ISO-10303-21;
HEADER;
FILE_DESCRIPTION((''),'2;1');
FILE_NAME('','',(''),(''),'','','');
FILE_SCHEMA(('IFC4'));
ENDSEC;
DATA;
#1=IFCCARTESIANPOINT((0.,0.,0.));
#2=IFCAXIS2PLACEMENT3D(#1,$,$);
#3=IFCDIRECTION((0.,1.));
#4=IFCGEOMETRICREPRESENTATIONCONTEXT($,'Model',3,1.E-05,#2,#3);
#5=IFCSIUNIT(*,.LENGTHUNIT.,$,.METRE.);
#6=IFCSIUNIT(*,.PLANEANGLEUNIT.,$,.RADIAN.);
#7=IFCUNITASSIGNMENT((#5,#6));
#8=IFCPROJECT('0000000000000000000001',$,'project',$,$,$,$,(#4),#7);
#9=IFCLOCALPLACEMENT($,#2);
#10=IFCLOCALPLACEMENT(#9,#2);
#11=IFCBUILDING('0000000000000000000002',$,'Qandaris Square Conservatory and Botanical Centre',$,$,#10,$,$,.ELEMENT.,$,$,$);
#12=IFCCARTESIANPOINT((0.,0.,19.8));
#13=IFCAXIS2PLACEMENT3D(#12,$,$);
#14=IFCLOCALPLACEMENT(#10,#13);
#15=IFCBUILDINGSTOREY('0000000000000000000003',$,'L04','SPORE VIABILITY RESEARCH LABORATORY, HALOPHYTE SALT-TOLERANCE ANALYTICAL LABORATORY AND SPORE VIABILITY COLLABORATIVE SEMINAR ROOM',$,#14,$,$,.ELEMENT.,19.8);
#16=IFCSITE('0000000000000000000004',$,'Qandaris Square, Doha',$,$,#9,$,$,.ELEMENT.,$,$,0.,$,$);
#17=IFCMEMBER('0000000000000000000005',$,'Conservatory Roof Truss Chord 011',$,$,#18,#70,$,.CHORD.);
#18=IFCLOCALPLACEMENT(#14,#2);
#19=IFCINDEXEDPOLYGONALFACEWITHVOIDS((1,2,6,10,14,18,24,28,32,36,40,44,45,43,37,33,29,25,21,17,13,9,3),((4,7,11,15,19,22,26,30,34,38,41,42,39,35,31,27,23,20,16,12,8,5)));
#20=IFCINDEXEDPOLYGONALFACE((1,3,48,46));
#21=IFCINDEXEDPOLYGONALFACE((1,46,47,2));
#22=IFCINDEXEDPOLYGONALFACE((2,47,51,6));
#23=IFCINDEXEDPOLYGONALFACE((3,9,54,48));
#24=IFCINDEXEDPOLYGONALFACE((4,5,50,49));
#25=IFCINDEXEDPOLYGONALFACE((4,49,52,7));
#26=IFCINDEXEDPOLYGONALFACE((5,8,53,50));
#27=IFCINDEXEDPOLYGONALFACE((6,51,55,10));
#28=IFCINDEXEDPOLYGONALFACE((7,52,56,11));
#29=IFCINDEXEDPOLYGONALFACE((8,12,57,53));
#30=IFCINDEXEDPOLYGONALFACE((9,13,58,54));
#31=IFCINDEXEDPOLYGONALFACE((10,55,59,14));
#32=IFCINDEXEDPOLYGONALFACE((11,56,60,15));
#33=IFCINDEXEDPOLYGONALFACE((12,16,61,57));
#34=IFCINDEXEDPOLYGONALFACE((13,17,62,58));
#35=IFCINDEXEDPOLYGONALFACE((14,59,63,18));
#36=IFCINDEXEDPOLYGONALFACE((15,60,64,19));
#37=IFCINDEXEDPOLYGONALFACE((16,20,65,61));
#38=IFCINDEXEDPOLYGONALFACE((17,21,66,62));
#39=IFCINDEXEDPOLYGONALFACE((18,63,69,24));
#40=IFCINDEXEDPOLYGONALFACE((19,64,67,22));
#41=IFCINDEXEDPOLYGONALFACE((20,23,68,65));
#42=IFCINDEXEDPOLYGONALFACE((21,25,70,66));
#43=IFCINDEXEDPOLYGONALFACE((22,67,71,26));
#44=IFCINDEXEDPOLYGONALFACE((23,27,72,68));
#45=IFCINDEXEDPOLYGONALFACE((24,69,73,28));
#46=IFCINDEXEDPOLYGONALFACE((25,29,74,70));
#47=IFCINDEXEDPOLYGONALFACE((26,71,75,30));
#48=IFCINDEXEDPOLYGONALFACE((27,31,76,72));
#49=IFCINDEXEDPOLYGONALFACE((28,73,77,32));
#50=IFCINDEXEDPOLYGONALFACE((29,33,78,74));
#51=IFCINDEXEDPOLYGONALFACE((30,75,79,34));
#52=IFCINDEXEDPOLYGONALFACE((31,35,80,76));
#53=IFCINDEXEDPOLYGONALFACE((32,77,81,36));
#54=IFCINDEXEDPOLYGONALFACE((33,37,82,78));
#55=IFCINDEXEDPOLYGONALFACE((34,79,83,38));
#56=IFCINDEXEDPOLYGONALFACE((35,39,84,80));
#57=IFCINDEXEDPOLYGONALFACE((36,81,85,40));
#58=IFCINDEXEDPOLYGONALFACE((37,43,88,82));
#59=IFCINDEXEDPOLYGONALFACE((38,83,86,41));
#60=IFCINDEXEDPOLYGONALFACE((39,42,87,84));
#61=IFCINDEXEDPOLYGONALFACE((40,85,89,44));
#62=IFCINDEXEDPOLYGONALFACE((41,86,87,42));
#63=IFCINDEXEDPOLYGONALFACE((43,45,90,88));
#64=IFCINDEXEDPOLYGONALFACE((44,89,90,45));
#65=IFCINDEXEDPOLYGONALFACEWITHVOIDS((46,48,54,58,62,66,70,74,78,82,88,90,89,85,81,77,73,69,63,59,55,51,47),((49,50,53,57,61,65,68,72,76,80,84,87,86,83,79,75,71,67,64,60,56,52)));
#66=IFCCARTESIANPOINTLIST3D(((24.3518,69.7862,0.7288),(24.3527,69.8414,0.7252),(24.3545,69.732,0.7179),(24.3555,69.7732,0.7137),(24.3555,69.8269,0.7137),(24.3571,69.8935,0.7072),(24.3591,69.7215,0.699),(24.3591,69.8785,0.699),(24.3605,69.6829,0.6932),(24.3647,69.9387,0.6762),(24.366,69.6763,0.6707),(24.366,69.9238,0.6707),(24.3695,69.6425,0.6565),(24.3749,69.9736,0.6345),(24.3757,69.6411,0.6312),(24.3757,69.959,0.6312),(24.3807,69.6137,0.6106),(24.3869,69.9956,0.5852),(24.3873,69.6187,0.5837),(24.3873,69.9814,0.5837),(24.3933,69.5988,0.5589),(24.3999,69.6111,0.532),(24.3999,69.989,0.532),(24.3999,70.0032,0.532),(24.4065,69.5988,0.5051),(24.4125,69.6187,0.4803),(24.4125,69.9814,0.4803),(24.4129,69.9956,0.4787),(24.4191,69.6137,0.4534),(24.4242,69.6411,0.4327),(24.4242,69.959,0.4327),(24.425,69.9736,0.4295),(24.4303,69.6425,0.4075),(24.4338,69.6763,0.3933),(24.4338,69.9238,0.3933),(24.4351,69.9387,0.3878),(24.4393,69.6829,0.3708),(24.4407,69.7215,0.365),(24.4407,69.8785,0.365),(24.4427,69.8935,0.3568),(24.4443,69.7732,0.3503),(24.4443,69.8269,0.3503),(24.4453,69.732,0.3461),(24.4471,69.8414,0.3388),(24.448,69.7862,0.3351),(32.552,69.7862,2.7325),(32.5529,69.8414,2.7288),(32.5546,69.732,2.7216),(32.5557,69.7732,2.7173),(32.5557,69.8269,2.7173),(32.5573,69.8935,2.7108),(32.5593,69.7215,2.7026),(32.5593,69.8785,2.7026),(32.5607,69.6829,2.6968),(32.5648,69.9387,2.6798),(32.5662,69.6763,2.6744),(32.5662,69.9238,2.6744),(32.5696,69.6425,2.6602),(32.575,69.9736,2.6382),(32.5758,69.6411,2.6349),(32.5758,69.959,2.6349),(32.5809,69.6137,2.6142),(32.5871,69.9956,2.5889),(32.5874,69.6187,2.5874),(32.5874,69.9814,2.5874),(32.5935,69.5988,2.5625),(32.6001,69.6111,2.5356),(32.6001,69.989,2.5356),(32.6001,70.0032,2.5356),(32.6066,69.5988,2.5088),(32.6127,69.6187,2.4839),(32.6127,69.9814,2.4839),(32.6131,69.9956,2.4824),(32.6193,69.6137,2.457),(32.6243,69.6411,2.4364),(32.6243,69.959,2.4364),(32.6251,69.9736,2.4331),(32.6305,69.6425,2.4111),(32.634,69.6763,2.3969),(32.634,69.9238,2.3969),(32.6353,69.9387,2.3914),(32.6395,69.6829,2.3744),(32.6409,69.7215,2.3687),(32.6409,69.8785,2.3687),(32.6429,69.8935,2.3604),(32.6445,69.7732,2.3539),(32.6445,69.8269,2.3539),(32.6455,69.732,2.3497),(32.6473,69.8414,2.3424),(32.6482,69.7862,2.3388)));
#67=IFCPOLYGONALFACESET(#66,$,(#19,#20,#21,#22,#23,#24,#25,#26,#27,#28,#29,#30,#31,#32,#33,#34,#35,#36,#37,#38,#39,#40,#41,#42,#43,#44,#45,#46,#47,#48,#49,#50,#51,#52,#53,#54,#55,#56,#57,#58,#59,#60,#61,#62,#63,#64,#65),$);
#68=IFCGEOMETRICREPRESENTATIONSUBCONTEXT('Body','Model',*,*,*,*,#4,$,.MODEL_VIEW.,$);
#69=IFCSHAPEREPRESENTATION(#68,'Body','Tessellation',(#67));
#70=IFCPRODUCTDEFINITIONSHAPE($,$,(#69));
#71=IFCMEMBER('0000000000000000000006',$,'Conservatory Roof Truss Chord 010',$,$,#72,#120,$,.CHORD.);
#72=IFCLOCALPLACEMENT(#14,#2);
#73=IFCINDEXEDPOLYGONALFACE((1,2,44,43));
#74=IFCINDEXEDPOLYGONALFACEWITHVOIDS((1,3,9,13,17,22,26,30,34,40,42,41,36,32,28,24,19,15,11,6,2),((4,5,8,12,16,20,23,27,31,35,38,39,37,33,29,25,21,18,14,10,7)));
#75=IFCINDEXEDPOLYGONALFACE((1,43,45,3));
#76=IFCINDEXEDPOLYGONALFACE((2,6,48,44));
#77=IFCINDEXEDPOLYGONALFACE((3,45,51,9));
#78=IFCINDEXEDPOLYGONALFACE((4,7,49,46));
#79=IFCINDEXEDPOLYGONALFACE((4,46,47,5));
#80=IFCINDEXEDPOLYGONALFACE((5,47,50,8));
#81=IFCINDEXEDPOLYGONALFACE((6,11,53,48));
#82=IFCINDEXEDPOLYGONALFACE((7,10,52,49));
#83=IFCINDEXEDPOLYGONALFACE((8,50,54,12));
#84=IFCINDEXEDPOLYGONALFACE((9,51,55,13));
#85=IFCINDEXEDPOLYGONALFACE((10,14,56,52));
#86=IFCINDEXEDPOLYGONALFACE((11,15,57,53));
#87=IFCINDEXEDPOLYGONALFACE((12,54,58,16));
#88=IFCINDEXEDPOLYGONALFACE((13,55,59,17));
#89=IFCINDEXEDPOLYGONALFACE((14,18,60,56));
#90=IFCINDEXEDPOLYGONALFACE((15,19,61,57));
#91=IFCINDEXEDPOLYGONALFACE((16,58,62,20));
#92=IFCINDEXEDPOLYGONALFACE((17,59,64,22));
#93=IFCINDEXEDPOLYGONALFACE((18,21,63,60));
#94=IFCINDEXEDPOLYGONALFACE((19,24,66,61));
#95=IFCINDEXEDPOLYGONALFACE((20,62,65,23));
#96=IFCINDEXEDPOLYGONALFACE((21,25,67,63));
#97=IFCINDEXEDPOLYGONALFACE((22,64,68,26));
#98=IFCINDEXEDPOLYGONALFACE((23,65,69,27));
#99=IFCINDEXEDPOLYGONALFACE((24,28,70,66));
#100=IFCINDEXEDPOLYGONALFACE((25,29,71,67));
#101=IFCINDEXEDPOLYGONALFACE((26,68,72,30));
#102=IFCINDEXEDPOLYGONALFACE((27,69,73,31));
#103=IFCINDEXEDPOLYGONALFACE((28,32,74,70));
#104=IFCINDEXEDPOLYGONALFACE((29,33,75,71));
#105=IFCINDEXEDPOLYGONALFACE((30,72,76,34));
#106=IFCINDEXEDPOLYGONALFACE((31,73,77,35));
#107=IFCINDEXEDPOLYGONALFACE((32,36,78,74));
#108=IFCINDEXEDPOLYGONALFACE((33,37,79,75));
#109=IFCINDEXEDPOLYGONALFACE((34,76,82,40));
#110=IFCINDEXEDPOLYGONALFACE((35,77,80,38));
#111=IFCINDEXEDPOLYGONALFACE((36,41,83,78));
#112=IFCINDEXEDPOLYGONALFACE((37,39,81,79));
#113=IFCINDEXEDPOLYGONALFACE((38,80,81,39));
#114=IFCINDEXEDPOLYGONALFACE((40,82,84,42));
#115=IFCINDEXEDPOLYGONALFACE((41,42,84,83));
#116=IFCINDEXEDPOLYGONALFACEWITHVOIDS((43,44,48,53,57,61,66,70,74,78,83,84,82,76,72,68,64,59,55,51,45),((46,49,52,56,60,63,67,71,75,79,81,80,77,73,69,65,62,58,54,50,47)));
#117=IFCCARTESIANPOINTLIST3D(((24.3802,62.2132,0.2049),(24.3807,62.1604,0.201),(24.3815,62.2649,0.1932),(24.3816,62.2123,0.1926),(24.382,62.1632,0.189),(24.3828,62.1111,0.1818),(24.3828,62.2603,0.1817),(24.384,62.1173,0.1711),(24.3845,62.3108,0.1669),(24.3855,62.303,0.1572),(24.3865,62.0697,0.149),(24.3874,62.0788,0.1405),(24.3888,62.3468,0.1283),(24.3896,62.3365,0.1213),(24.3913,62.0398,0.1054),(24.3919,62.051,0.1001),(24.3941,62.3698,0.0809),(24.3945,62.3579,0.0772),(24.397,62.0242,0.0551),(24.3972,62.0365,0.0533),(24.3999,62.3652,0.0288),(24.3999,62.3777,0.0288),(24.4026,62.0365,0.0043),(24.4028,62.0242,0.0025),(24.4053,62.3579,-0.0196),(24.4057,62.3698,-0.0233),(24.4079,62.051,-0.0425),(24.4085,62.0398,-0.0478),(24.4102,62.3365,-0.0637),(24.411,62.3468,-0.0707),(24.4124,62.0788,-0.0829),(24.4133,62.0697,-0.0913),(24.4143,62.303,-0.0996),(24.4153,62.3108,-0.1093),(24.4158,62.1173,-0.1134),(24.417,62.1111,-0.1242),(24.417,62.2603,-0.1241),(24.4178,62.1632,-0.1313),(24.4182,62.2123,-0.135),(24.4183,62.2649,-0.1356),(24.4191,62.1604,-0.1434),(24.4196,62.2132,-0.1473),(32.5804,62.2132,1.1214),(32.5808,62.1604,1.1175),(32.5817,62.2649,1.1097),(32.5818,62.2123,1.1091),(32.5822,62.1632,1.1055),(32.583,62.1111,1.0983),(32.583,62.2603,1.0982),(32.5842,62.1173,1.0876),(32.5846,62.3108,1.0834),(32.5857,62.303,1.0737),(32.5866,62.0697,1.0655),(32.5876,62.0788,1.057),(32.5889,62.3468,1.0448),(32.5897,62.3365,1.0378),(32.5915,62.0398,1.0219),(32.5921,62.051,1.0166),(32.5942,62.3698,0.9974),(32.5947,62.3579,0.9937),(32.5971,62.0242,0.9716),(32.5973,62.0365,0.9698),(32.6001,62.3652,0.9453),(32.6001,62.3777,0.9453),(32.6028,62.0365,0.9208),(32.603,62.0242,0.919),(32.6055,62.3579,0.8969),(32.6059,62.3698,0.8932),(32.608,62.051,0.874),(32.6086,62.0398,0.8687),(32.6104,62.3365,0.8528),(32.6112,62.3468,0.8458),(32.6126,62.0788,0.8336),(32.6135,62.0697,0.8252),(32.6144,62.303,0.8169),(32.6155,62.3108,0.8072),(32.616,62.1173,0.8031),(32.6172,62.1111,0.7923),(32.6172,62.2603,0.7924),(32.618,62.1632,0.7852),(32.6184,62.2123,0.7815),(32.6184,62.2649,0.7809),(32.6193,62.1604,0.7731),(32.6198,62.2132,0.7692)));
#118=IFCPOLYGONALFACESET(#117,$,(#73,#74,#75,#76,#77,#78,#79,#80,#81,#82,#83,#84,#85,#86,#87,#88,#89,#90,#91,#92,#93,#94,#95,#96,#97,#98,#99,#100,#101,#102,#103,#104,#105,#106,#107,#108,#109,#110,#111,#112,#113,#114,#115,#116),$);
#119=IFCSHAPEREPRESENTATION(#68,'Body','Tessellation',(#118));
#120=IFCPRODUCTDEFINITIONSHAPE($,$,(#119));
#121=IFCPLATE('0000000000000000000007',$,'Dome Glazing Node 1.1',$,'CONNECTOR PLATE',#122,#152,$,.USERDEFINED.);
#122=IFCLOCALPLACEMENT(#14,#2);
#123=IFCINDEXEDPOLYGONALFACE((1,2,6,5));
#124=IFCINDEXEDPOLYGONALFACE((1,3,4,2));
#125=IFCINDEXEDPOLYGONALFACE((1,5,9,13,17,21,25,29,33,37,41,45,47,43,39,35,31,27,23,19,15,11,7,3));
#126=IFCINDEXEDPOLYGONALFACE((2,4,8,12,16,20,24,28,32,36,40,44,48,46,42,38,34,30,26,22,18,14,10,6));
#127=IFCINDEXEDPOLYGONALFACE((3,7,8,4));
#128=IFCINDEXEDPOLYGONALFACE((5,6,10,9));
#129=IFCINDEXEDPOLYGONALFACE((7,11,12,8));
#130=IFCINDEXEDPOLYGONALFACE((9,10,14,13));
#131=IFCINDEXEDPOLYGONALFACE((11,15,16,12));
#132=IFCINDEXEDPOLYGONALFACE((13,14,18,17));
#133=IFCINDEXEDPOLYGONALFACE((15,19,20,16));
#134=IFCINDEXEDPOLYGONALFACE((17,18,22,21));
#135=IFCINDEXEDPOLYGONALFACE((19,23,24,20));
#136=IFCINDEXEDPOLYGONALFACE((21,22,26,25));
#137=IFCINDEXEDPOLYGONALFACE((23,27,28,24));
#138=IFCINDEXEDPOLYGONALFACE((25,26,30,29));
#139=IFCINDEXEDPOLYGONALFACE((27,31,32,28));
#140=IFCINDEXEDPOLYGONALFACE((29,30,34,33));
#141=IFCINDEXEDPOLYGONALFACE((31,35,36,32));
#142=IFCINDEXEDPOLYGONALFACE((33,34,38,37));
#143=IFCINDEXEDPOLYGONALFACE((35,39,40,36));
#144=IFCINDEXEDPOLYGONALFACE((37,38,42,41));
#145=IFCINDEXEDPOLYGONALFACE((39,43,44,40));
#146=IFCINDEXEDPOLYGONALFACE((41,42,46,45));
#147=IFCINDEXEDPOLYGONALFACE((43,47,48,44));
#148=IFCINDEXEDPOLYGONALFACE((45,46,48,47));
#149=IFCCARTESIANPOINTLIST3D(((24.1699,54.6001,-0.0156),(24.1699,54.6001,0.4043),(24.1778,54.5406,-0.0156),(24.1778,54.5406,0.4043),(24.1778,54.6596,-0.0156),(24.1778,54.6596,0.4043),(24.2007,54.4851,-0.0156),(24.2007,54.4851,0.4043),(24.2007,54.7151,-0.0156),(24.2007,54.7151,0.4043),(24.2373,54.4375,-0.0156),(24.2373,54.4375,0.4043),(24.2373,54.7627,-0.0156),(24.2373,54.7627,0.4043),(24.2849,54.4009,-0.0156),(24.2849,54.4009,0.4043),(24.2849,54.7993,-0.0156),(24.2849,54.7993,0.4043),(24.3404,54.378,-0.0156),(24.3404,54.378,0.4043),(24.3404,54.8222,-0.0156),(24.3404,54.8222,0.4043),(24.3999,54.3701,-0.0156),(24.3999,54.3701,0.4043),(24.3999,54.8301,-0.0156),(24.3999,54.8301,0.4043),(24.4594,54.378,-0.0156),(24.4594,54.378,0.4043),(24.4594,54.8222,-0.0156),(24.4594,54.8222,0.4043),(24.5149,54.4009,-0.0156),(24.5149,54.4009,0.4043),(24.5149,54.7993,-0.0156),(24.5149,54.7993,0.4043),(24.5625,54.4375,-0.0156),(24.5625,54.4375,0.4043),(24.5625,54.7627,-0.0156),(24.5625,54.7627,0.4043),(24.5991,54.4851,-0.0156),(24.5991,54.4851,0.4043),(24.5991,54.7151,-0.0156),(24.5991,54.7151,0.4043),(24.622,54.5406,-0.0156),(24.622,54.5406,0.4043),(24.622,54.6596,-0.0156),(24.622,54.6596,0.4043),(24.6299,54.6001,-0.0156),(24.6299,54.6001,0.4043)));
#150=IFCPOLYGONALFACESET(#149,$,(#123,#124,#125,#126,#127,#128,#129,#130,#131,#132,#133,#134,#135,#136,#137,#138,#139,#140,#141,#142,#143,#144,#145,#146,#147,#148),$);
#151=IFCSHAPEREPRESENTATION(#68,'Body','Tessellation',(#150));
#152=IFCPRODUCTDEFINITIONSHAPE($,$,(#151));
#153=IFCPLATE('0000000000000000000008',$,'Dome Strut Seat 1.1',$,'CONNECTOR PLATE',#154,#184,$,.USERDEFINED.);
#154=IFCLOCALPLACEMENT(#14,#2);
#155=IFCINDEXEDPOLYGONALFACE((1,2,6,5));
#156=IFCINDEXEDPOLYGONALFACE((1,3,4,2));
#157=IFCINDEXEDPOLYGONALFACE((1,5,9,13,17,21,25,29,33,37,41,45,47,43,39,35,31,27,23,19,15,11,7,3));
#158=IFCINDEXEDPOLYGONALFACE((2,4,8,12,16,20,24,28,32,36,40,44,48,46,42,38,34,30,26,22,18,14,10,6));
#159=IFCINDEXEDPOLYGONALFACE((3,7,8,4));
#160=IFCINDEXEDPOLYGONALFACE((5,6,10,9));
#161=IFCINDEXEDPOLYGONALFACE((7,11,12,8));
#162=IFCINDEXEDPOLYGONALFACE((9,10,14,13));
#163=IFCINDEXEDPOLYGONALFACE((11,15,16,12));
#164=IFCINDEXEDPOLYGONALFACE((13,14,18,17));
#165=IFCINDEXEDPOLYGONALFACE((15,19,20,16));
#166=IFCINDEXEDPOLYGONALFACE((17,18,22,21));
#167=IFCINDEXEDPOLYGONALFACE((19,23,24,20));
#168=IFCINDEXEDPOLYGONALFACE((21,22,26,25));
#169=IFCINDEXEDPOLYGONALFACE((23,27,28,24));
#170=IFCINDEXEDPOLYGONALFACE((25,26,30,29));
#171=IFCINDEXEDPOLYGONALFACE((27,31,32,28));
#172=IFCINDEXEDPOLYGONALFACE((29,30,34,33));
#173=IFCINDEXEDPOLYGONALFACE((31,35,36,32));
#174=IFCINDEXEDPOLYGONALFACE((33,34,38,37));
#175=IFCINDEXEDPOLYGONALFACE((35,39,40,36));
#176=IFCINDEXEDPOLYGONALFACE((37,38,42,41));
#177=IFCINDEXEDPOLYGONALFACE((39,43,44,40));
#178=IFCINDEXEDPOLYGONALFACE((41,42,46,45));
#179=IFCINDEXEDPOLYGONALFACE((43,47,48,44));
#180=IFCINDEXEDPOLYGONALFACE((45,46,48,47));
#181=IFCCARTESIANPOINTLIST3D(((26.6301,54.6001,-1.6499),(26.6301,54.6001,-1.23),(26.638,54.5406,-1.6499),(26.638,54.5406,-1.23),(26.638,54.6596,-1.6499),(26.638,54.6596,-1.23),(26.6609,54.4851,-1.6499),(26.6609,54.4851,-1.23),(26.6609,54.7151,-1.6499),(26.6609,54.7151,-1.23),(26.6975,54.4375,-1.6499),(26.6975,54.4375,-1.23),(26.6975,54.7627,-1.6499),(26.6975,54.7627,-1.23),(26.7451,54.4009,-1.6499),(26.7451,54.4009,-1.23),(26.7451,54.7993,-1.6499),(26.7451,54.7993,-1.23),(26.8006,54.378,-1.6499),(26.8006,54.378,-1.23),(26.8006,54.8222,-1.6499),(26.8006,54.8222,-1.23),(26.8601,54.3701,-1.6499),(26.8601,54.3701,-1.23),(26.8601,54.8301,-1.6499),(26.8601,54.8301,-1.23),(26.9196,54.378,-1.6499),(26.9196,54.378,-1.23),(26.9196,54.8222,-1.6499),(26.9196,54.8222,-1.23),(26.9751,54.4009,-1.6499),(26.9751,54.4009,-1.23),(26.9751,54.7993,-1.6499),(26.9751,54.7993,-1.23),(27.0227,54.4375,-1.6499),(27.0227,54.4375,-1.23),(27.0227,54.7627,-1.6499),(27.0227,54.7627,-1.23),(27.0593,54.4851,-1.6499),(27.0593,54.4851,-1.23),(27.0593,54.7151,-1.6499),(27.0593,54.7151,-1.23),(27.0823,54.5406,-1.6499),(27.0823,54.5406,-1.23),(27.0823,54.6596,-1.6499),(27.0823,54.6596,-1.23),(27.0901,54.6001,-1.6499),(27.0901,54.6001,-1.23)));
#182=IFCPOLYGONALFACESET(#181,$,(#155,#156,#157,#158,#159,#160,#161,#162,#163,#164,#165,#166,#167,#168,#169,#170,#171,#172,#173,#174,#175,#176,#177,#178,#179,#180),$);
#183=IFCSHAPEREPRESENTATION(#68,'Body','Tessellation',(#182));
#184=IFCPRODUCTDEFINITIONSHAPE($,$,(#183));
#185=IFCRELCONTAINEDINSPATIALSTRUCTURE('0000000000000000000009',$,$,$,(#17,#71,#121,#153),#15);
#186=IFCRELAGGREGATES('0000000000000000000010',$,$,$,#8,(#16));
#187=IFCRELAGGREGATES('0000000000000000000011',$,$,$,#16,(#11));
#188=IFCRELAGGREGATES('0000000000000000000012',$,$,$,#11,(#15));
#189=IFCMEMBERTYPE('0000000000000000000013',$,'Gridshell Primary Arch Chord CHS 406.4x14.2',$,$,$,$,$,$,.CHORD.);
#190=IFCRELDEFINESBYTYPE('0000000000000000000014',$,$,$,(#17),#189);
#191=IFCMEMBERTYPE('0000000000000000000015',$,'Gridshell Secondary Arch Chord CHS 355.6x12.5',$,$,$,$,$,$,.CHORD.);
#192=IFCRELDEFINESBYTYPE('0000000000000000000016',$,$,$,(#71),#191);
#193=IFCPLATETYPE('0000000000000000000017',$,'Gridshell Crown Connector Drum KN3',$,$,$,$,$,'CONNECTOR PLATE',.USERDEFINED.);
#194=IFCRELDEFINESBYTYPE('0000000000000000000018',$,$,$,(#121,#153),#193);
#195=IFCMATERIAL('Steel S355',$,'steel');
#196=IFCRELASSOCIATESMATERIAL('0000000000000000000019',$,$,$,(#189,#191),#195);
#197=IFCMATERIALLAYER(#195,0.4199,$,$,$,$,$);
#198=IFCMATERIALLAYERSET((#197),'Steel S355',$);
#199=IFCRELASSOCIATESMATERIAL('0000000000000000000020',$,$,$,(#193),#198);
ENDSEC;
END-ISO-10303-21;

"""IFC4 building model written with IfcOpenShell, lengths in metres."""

from ifc_helpers import new_model, si_unit, direction, frame, origin, origin_2d, place, context, subcontext, project, spatial, circle, hollow_circle, extrude, material, layer, layer_set, material_profile, profile_set, type_object, element, save


model = new_model("IFC4")

# Units and contexts
model_context = context("Model", 3, precision=1e-05, world=origin(), true_north=direction((0.0, 1.0)))
body_context = subcontext(model_context, "Body", "Model", "MODEL_VIEW")
ifc_project = project(units=[si_unit("LENGTHUNIT", "METRE"), si_unit("PLANEANGLEUNIT", "RADIAN")], contexts=[model_context])

# Site, building, storey
site_placement = place(None, origin())
site = spatial("IfcSite", under=ifc_project, at=site_placement, Name="Qandaris Square, Doha", CompositionType="ELEMENT", RefElevation=0.0)
building_placement = place(site_placement, origin())
building = spatial("IfcBuilding", under=site, at=building_placement, Name="Qandaris Square Conservatory and Botanical Centre", CompositionType="ELEMENT")
storey_placement = place(building_placement, frame((0.0, 0.0, 19.8)))
storey = spatial("IfcBuildingStorey", under=building, at=storey_placement, Name="L04", Description="SPORE VIABILITY RESEARCH LABORATORY, HALOPHYTE SALT-TOLERANCE ANALYTICAL LABORATORY AND SPORE VIABILITY COLLABORATIVE SEMINAR ROOM", CompositionType="ELEMENT", Elevation=19.8)

# Members
ifc_material = material(Name="Steel S355", Category="steel")
ifc_material_profile_1 = material_profile(ifc_material, hollow_circle(Radius=0.2031, WallThickness=0.0142, at=origin_2d()), Name="CHS 406.4x14.2")
ifc_profile_set_1 = profile_set([ifc_material_profile_1], Name="Steel S355")
member_type_1 = type_object("IfcMemberType", Name="Gridshell Primary Arch Chord CHS 406.4x14.2", PredefinedType="CHORD", material=ifc_profile_set_1)
member_1_placement = place(storey_placement, frame((24.3999, 69.8, 0.532), z_axis=(0.971422, 0.0, 0.23736), x_axis=(0.0, 1.0, 0.0)))
element("IfcMember", 1, at=member_1_placement, inside=storey, type_object=member_type_1, Name="Conservatory Roof Truss Chord 011", PredefinedType="CHORD", context=body_context, shape_type="SweptSolid", body=[
    extrude(hollow_circle(Radius=0.2031, WallThickness=0.0142, at=origin_2d()), origin(), (0.0, 0.0, 1.0), 8.4414),
])
ifc_material_profile_2 = material_profile(ifc_material, hollow_circle(Radius=0.1777, WallThickness=0.0125, at=origin_2d()), Name="CHS 355.6x12.5")
ifc_profile_set_2 = profile_set([ifc_material_profile_2], Name="Steel S355")
member_type_2 = type_object("IfcMemberType", Name="Gridshell Secondary Arch Chord CHS 355.6x12.5", PredefinedType="CHORD", material=ifc_profile_set_2)
member_2_placement = place(storey_placement, frame((24.3999, 62.2, 0.0288), z_axis=(0.993812, 0.0, 0.111075), x_axis=(0.0, 1.0, 0.0)))
element("IfcMember", 2, at=member_2_placement, inside=storey, type_object=member_type_2, Name="Conservatory Roof Truss Chord 010", PredefinedType="CHORD", context=body_context, shape_type="SweptSolid", body=[
    extrude(hollow_circle(Radius=0.1777, WallThickness=0.0125, at=origin_2d()), origin(), (0.0, 0.0, 1.0), 8.2512),
])

# Plates
ifc_layer_1 = layer(ifc_material, 0.4199)
ifc_layer_set_1 = layer_set([ifc_layer_1], Name="Steel S355")
plate_type_1 = type_object("IfcPlateType", Name="Gridshell Crown Connector Drum KN3", ElementType="CONNECTOR PLATE", PredefinedType="USERDEFINED", material=ifc_layer_set_1)
for number, where, z_axis, x_axis, name in (
    (3, (24.3999, 54.6001, -0.0156), (0.0, 0.0, 1.0), (1.0, 0.0, 0.0), "Dome Glazing Node 1.1"),
    (4, (26.8601, 54.6001, -1.6499), (0.0, 0.0, 1.0), (1.0, 0.0, 0.0), "Dome Strut Seat 1.1"),
):
    element("IfcPlate", number, at=place(storey_placement, frame(where, z_axis=z_axis, x_axis=x_axis)), inside=storey, type_object=plate_type_1, Name=name, ObjectType="CONNECTOR PLATE", PredefinedType="USERDEFINED", context=body_context, shape_type="SweptSolid", body=[
        extrude(circle(Radius=0.23, at=origin_2d()), origin(), (0.0, 0.0, 1.0), 0.4199),
    ])

save(model, "model.ifc")
